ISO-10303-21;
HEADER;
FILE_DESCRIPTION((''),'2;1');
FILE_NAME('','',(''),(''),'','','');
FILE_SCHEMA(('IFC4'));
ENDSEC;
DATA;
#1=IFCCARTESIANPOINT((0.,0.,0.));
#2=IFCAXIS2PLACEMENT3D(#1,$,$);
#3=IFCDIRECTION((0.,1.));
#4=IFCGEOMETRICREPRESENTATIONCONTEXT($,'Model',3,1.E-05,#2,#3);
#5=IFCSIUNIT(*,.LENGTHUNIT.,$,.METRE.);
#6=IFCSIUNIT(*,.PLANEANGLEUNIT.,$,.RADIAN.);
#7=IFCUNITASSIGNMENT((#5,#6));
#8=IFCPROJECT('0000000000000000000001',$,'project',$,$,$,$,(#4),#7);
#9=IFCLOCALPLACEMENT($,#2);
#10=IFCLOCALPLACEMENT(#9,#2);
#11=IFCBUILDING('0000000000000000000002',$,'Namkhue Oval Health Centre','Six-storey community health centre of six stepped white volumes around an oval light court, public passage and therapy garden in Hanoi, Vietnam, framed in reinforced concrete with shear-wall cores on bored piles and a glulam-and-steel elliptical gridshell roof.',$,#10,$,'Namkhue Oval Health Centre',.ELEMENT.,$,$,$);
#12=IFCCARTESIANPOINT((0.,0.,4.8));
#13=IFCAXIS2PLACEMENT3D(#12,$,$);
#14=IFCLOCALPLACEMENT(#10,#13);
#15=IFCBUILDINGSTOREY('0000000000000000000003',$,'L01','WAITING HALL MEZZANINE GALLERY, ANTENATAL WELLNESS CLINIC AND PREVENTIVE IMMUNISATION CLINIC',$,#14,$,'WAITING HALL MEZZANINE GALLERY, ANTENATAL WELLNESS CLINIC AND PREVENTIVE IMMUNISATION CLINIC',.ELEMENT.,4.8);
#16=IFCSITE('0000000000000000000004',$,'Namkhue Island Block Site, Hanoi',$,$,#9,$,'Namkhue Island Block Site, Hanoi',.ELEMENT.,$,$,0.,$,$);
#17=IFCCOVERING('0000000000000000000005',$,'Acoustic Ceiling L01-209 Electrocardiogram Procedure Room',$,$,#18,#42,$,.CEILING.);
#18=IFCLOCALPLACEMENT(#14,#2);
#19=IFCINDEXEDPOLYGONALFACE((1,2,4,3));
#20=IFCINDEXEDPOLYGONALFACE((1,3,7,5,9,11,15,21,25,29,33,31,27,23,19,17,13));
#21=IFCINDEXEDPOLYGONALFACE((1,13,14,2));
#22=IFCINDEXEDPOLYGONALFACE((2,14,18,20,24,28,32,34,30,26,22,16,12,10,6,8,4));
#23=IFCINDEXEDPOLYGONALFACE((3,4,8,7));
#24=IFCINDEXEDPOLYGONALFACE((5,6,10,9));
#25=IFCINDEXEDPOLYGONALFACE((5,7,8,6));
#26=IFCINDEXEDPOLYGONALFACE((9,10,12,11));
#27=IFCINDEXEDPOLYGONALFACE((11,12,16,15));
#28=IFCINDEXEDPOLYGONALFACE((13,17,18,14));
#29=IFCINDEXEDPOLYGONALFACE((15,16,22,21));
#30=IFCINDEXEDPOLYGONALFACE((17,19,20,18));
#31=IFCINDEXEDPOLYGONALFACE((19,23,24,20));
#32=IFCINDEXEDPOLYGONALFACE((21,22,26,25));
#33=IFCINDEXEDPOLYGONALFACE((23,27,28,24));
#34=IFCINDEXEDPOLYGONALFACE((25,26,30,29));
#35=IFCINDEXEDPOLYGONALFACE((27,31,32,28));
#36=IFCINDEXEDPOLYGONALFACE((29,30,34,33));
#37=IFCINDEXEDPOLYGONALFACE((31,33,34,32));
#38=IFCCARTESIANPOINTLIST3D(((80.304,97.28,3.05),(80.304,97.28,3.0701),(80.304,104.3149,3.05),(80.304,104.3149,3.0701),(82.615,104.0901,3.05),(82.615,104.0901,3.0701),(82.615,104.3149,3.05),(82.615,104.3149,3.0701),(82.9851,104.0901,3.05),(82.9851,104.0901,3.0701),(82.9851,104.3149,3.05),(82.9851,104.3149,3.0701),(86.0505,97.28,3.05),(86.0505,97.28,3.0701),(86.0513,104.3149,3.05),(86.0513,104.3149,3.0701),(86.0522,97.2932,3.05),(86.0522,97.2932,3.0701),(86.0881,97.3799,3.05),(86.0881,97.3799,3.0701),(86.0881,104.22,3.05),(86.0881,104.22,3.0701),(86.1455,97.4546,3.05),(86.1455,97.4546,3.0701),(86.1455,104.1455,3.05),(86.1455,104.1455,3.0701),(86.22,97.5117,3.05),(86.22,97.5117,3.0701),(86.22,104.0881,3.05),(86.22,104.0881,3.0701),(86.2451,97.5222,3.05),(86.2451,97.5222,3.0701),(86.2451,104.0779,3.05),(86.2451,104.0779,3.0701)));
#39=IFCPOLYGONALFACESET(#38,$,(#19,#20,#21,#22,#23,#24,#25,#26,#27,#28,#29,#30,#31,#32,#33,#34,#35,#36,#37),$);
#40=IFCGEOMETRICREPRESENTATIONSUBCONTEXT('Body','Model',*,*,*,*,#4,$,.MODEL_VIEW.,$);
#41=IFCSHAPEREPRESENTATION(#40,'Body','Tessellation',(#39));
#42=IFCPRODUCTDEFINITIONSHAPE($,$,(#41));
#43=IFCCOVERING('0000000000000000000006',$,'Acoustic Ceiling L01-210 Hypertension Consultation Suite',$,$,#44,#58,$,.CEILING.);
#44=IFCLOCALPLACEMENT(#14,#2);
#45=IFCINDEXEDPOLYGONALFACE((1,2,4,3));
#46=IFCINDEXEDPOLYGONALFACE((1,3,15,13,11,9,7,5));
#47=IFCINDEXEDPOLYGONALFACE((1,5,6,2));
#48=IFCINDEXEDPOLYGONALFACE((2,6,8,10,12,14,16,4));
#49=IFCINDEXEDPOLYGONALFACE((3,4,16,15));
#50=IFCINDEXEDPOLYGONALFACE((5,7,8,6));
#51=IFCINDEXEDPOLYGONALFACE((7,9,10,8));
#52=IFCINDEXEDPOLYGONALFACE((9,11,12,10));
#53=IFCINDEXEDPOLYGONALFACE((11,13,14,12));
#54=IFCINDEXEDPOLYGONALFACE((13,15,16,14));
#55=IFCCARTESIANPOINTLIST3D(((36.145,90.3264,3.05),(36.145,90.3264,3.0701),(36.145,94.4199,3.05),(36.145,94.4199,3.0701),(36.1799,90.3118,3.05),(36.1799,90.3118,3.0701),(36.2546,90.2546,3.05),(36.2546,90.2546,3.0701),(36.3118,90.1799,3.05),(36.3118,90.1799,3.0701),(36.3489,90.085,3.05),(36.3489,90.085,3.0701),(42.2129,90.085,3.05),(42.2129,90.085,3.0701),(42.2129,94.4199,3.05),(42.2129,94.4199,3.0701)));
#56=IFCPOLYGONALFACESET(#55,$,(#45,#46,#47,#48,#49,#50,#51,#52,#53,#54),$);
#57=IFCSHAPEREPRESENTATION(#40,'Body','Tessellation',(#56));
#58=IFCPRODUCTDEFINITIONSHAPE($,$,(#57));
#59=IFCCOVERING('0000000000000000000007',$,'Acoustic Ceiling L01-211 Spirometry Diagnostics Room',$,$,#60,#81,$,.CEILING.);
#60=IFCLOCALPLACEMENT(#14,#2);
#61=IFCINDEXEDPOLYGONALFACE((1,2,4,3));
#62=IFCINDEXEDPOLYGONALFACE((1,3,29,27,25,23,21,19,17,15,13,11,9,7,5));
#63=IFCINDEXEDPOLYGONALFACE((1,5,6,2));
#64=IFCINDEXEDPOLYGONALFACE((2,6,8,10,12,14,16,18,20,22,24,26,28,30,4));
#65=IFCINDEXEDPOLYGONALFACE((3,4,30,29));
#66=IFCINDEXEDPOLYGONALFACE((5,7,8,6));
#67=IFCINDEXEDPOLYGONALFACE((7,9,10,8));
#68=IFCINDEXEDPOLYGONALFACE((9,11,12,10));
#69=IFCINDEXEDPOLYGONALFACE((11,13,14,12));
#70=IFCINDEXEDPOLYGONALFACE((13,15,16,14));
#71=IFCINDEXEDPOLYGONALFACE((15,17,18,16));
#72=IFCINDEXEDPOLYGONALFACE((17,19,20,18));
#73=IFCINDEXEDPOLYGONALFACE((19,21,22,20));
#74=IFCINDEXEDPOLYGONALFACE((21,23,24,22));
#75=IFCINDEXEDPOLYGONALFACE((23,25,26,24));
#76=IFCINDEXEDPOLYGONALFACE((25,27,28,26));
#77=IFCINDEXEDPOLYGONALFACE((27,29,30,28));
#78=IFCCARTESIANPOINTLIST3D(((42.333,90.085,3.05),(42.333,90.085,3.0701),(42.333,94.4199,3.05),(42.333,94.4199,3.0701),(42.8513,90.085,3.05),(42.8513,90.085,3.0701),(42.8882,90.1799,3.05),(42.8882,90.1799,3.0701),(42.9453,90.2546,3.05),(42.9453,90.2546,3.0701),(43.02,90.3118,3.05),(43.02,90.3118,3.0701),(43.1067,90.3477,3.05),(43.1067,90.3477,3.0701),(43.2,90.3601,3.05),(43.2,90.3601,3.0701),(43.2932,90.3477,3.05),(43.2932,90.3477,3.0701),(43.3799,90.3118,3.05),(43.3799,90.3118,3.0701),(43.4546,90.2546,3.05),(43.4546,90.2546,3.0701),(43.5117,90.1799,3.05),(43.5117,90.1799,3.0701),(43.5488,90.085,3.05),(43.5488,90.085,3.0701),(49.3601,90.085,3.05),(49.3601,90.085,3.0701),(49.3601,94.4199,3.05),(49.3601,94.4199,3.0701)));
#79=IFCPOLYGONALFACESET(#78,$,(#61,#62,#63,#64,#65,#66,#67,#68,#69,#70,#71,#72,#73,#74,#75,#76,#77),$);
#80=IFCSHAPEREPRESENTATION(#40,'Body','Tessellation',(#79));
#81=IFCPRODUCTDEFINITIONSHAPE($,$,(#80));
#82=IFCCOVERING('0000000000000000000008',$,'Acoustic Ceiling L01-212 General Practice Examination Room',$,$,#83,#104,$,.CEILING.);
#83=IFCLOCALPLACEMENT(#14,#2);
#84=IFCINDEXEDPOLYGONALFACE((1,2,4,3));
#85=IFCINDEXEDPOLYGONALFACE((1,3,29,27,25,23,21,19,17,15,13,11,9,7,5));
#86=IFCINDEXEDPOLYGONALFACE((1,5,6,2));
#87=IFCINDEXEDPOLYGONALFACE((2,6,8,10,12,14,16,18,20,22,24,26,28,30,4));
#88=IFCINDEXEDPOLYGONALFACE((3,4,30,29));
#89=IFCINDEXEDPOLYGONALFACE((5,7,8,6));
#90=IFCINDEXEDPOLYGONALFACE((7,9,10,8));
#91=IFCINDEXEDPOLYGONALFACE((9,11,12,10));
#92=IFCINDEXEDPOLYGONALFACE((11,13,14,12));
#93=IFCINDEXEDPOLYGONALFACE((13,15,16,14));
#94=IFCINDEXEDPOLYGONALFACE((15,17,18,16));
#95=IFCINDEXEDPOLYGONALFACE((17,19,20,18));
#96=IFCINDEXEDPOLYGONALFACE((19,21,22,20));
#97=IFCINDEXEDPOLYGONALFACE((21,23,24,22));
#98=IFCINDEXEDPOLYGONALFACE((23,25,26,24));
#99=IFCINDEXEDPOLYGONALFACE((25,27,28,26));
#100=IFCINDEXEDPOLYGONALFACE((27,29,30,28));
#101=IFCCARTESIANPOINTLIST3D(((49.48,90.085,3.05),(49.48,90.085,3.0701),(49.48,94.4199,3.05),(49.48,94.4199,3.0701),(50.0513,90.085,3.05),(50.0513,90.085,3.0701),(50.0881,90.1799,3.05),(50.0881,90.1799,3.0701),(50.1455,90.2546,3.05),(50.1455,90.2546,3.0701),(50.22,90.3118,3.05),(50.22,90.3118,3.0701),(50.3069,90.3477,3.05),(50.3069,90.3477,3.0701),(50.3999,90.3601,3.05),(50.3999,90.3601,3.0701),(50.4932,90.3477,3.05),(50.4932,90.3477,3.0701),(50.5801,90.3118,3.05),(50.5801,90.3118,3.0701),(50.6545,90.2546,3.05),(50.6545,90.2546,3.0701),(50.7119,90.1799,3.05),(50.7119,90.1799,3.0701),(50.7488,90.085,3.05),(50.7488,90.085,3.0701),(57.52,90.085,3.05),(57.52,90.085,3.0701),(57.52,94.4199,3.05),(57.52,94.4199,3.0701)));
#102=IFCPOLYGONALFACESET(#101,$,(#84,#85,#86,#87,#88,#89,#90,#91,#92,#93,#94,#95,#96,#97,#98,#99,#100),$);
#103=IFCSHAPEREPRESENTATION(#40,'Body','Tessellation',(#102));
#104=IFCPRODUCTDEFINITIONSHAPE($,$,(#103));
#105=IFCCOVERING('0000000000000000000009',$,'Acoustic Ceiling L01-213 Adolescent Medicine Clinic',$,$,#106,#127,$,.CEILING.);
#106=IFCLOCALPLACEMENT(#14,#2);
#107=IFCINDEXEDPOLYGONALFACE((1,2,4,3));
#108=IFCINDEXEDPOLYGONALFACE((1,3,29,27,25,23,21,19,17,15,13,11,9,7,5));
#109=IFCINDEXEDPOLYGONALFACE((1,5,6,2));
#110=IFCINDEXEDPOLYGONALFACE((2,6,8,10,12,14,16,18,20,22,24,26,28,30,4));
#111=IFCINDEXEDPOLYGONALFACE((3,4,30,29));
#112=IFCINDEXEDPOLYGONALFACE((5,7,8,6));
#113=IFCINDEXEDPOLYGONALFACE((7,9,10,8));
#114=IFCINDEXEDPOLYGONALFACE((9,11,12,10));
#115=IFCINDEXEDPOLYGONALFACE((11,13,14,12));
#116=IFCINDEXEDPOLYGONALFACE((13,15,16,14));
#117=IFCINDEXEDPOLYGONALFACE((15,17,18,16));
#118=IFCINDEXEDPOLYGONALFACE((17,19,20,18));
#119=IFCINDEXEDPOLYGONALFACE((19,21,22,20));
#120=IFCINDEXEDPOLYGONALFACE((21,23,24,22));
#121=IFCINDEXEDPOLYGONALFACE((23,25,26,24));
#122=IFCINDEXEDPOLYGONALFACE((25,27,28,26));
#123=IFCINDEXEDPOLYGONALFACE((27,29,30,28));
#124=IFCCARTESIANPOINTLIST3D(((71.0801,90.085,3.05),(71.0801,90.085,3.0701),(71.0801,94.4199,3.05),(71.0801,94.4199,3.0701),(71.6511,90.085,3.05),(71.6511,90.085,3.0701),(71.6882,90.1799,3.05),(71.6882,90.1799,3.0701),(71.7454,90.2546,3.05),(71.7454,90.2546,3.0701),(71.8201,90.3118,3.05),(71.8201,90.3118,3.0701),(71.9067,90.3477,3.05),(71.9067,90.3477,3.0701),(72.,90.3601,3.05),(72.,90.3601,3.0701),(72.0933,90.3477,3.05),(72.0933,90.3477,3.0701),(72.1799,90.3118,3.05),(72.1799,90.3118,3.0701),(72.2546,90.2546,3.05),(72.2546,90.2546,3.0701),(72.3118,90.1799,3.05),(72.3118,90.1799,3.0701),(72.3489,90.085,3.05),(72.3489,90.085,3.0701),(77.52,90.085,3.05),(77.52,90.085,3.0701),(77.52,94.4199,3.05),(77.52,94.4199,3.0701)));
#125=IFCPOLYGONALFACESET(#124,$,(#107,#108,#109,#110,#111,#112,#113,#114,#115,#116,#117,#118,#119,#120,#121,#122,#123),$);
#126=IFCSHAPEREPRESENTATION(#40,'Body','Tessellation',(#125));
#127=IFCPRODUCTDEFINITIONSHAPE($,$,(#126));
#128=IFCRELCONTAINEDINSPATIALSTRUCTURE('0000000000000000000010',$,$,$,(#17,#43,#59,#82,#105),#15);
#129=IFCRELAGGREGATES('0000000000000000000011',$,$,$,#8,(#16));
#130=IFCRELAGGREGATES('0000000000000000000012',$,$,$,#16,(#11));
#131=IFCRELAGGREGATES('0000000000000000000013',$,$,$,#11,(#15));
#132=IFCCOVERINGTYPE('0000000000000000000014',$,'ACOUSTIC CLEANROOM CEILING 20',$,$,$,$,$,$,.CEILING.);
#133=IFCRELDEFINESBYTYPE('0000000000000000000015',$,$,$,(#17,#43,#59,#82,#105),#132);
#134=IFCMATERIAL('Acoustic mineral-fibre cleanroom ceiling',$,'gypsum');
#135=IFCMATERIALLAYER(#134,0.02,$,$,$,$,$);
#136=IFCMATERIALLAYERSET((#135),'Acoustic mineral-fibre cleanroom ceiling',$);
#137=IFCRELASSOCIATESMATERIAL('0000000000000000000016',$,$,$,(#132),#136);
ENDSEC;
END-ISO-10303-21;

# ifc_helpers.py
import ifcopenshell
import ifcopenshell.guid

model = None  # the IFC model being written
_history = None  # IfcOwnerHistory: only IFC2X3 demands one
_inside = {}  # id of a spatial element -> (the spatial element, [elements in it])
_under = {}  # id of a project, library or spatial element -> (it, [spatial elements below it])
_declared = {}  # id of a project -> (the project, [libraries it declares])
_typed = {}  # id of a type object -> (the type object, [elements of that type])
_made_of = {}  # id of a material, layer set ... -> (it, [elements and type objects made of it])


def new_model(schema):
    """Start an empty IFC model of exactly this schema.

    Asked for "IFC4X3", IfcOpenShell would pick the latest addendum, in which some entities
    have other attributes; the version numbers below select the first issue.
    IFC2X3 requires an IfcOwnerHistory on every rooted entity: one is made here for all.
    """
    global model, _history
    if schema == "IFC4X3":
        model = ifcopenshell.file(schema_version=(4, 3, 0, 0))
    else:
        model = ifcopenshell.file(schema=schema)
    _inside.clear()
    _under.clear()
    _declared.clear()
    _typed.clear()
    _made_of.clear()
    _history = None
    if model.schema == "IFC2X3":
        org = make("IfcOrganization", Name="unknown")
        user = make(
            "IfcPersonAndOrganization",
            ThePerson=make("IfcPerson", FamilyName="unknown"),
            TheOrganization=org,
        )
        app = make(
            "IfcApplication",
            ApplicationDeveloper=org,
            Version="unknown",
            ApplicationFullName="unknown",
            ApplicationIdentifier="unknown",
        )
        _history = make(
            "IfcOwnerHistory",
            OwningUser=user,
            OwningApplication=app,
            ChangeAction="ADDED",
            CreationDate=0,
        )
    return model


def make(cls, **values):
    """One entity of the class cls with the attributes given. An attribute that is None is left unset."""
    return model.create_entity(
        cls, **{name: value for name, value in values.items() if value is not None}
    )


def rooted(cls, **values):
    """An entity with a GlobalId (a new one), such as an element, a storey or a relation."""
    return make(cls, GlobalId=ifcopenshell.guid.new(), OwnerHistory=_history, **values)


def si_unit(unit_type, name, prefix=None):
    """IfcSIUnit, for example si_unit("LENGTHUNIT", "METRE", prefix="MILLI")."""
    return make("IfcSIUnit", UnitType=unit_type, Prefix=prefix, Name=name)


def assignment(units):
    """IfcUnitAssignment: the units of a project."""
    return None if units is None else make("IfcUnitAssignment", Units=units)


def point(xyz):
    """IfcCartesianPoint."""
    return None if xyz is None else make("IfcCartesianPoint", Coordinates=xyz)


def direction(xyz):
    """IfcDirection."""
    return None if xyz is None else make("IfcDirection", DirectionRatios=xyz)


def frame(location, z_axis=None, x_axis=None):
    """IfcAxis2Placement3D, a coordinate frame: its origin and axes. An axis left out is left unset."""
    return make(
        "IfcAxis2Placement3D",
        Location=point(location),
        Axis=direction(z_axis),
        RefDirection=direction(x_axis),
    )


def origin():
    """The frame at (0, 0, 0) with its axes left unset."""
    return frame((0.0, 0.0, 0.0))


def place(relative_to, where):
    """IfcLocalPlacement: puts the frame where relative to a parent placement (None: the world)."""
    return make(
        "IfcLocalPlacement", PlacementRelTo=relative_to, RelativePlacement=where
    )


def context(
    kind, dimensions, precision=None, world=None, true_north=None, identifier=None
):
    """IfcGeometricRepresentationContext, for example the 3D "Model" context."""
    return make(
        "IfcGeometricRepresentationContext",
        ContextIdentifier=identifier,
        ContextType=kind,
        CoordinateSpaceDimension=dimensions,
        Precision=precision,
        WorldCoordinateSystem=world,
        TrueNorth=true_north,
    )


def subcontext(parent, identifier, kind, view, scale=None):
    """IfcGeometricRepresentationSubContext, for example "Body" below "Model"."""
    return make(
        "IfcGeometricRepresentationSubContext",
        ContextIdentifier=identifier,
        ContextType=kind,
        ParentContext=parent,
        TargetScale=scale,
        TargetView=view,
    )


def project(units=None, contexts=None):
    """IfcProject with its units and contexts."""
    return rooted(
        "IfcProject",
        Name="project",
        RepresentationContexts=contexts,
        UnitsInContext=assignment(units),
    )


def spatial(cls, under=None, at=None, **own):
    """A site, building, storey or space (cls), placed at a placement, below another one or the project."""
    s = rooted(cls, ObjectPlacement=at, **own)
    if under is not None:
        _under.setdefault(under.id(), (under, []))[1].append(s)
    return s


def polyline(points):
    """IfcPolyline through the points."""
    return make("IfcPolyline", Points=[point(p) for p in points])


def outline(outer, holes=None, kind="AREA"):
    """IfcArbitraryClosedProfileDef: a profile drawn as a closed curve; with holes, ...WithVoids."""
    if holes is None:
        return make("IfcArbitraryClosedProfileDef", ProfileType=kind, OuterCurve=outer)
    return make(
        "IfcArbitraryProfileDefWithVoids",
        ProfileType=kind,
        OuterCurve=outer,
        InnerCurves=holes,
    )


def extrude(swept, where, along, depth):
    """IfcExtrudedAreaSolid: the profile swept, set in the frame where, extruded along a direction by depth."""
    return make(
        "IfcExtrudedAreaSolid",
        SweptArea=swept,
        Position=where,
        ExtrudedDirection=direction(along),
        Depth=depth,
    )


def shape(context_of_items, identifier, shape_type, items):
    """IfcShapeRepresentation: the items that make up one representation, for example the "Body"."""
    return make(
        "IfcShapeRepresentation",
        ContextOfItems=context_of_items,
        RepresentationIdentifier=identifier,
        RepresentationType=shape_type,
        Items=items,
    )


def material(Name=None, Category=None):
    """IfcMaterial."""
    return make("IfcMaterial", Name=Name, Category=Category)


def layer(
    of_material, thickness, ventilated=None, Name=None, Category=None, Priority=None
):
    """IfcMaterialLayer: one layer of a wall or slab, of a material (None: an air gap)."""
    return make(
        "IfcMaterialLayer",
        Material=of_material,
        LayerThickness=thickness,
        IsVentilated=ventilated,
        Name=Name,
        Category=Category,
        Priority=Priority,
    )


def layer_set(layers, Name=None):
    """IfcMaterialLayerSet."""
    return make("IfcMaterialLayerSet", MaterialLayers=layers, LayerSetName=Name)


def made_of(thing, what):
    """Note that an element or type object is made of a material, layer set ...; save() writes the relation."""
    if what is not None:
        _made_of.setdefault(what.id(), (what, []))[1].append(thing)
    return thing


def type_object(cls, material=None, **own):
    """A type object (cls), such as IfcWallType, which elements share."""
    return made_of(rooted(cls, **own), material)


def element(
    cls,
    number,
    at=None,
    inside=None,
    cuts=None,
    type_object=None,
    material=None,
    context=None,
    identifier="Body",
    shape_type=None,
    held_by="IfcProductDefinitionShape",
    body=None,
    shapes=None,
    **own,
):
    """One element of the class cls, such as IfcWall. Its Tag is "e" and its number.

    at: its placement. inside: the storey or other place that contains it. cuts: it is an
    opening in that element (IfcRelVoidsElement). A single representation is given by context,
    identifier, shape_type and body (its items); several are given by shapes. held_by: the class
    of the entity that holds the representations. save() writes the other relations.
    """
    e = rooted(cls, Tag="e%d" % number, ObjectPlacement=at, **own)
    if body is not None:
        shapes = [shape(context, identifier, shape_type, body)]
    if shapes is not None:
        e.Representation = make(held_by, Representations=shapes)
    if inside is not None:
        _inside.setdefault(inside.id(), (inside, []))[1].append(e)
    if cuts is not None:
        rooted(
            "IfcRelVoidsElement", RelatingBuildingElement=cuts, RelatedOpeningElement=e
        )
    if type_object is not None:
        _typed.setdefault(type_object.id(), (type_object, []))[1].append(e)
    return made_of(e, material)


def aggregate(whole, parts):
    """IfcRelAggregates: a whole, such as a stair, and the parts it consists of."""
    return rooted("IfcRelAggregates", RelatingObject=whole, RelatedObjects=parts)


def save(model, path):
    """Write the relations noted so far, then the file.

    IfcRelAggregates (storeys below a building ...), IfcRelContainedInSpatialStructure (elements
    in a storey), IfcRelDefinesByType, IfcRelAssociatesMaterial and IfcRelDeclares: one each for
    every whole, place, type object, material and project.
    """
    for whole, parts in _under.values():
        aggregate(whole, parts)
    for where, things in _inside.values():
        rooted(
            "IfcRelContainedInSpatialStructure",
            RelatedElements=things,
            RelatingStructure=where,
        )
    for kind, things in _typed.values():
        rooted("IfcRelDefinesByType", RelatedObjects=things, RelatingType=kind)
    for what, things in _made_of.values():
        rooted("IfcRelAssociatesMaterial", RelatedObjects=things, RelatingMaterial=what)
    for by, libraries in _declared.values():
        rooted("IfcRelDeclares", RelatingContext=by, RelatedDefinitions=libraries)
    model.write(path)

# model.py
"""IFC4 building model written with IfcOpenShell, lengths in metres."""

from ifc_helpers import new_model, si_unit, direction, frame, origin, place, context, subcontext, project, spatial, polyline, outline, extrude, material, layer, layer_set, type_object, element, save


model = new_model("IFC4")

# Units and contexts
model_context = context("Model", 3, precision=1e-05, world=origin(), true_north=direction((0.0, 1.0)))
body_context = subcontext(model_context, "Body", "Model", "MODEL_VIEW")
ifc_project = project(units=[si_unit("LENGTHUNIT", "METRE"), si_unit("PLANEANGLEUNIT", "RADIAN")], contexts=[model_context])

# Site, building, storey
site_placement = place(None, origin())
site = spatial("IfcSite", under=ifc_project, at=site_placement, Name="Namkhue Island Block Site, Hanoi", LongName="Namkhue Island Block Site, Hanoi", CompositionType="ELEMENT", RefElevation=0.0)
building_placement = place(site_placement, origin())
building = spatial("IfcBuilding", under=site, at=building_placement, Name="Namkhue Oval Health Centre", Description="Six-storey community health centre of six stepped white volumes around an oval light court, public passage and therapy garden in Hanoi, Vietnam, framed in reinforced concrete with shear-wall cores on bored piles and a glulam-and-steel elliptical gridshell roof.", LongName="Namkhue Oval Health Centre", CompositionType="ELEMENT")
storey_placement = place(building_placement, frame((0.0, 0.0, 4.8)))
storey = spatial("IfcBuildingStorey", under=building, at=storey_placement, Name="L01", Description="WAITING HALL MEZZANINE GALLERY, ANTENATAL WELLNESS CLINIC AND PREVENTIVE IMMUNISATION CLINIC", LongName="WAITING HALL MEZZANINE GALLERY, ANTENATAL WELLNESS CLINIC AND PREVENTIVE IMMUNISATION CLINIC", CompositionType="ELEMENT", Elevation=4.8)

# Coverings
ifc_material = material(Name="Acoustic mineral-fibre cleanroom ceiling", Category="gypsum")
ifc_layer = layer(ifc_material, 0.02)
ifc_layer_set = layer_set([ifc_layer], Name="Acoustic mineral-fibre cleanroom ceiling")
covering_type = type_object("IfcCoveringType", Name="ACOUSTIC CLEANROOM CEILING 20", PredefinedType="CEILING", material=ifc_layer_set)
covering_1_placement = place(storey_placement, frame((0.0, 0.0, 3.05)))
element("IfcCovering", 1, at=covering_1_placement, inside=storey, type_object=covering_type, Name="Acoustic Ceiling L01-209 Electrocardiogram Procedure Room", PredefinedType="CEILING", context=body_context, shape_type="SweptSolid", body=[
    extrude(outline(polyline([(80.304, 97.28), (80.304, 104.3149), (82.615, 104.3149), (82.615, 104.0901), (82.9851, 104.0901), (82.9851, 104.3149), (86.0513, 104.3149), (86.0881, 104.22), (86.1455, 104.1455), (86.22, 104.0881), (86.2451, 104.0779), (86.2451, 97.5222), (86.22, 97.5117), (86.1455, 97.4546), (86.0881, 97.3799), (86.0522, 97.2932), (86.0505, 97.28), (80.304, 97.28)])), origin(), (0.0, 0.0, 1.0), 0.02),
])
covering_2_placement = place(storey_placement, frame((0.0, 0.0, 3.05)))
element("IfcCovering", 2, at=covering_2_placement, inside=storey, type_object=covering_type, Name="Acoustic Ceiling L01-210 Hypertension Consultation Suite", PredefinedType="CEILING", context=body_context, shape_type="SweptSolid", body=[
    extrude(outline(polyline([(36.3489, 90.085), (36.3118, 90.1799), (36.2546, 90.2546), (36.1799, 90.3118), (36.145, 90.3264), (36.145, 94.4199), (42.2129, 94.4199), (42.2129, 90.085), (36.3489, 90.085)])), origin(), (0.0, 0.0, 1.0), 0.02),
])
covering_3_placement = place(storey_placement, frame((0.0, 0.0, 3.05)))
element("IfcCovering", 3, at=covering_3_placement, inside=storey, type_object=covering_type, Name="Acoustic Ceiling L01-211 Spirometry Diagnostics Room", PredefinedType="CEILING", context=body_context, shape_type="SweptSolid", body=[
    extrude(outline(polyline([(43.5488, 90.085), (43.5117, 90.1799), (43.4546, 90.2546), (43.3799, 90.3118), (43.2932, 90.3477), (43.2, 90.3601), (43.1067, 90.3477), (43.02, 90.3118), (42.9453, 90.2546), (42.8882, 90.1799), (42.8513, 90.085), (42.333, 90.085), (42.333, 94.4199), (49.3601, 94.4199), (49.3601, 90.085), (43.5488, 90.085)])), origin(), (0.0, 0.0, 1.0), 0.02),
])
covering_4_placement = place(storey_placement, frame((0.0, 0.0, 3.05)))
element("IfcCovering", 4, at=covering_4_placement, inside=storey, type_object=covering_type, Name="Acoustic Ceiling L01-212 General Practice Examination Room", PredefinedType="CEILING", context=body_context, shape_type="SweptSolid", body=[
    extrude(outline(polyline([(50.7488, 90.085), (50.7119, 90.1799), (50.6545, 90.2546), (50.5801, 90.3118), (50.4932, 90.3477), (50.3999, 90.3601), (50.3069, 90.3477), (50.22, 90.3118), (50.1455, 90.2546), (50.0881, 90.1799), (50.0513, 90.085), (49.48, 90.085), (49.48, 94.4199), (57.52, 94.4199), (57.52, 90.085), (50.7488, 90.085)])), origin(), (0.0, 0.0, 1.0), 0.02),
])
covering_5_placement = place(storey_placement, frame((0.0, 0.0, 3.05)))
element("IfcCovering", 5, at=covering_5_placement, inside=storey, type_object=covering_type, Name="Acoustic Ceiling L01-213 Adolescent Medicine Clinic", PredefinedType="CEILING", context=body_context, shape_type="SweptSolid", body=[
    extrude(outline(polyline([(72.3489, 90.085), (72.3118, 90.1799), (72.2546, 90.2546), (72.1799, 90.3118), (72.0933, 90.3477), (72.0, 90.3601), (71.9067, 90.3477), (71.8201, 90.3118), (71.7454, 90.2546), (71.6882, 90.1799), (71.6511, 90.085), (71.0801, 90.085), (71.0801, 94.4199), (77.52, 94.4199), (77.52, 90.085), (72.3489, 90.085)])), origin(), (0.0, 0.0, 1.0), 0.02),
])

save(model, "model.ifc")
